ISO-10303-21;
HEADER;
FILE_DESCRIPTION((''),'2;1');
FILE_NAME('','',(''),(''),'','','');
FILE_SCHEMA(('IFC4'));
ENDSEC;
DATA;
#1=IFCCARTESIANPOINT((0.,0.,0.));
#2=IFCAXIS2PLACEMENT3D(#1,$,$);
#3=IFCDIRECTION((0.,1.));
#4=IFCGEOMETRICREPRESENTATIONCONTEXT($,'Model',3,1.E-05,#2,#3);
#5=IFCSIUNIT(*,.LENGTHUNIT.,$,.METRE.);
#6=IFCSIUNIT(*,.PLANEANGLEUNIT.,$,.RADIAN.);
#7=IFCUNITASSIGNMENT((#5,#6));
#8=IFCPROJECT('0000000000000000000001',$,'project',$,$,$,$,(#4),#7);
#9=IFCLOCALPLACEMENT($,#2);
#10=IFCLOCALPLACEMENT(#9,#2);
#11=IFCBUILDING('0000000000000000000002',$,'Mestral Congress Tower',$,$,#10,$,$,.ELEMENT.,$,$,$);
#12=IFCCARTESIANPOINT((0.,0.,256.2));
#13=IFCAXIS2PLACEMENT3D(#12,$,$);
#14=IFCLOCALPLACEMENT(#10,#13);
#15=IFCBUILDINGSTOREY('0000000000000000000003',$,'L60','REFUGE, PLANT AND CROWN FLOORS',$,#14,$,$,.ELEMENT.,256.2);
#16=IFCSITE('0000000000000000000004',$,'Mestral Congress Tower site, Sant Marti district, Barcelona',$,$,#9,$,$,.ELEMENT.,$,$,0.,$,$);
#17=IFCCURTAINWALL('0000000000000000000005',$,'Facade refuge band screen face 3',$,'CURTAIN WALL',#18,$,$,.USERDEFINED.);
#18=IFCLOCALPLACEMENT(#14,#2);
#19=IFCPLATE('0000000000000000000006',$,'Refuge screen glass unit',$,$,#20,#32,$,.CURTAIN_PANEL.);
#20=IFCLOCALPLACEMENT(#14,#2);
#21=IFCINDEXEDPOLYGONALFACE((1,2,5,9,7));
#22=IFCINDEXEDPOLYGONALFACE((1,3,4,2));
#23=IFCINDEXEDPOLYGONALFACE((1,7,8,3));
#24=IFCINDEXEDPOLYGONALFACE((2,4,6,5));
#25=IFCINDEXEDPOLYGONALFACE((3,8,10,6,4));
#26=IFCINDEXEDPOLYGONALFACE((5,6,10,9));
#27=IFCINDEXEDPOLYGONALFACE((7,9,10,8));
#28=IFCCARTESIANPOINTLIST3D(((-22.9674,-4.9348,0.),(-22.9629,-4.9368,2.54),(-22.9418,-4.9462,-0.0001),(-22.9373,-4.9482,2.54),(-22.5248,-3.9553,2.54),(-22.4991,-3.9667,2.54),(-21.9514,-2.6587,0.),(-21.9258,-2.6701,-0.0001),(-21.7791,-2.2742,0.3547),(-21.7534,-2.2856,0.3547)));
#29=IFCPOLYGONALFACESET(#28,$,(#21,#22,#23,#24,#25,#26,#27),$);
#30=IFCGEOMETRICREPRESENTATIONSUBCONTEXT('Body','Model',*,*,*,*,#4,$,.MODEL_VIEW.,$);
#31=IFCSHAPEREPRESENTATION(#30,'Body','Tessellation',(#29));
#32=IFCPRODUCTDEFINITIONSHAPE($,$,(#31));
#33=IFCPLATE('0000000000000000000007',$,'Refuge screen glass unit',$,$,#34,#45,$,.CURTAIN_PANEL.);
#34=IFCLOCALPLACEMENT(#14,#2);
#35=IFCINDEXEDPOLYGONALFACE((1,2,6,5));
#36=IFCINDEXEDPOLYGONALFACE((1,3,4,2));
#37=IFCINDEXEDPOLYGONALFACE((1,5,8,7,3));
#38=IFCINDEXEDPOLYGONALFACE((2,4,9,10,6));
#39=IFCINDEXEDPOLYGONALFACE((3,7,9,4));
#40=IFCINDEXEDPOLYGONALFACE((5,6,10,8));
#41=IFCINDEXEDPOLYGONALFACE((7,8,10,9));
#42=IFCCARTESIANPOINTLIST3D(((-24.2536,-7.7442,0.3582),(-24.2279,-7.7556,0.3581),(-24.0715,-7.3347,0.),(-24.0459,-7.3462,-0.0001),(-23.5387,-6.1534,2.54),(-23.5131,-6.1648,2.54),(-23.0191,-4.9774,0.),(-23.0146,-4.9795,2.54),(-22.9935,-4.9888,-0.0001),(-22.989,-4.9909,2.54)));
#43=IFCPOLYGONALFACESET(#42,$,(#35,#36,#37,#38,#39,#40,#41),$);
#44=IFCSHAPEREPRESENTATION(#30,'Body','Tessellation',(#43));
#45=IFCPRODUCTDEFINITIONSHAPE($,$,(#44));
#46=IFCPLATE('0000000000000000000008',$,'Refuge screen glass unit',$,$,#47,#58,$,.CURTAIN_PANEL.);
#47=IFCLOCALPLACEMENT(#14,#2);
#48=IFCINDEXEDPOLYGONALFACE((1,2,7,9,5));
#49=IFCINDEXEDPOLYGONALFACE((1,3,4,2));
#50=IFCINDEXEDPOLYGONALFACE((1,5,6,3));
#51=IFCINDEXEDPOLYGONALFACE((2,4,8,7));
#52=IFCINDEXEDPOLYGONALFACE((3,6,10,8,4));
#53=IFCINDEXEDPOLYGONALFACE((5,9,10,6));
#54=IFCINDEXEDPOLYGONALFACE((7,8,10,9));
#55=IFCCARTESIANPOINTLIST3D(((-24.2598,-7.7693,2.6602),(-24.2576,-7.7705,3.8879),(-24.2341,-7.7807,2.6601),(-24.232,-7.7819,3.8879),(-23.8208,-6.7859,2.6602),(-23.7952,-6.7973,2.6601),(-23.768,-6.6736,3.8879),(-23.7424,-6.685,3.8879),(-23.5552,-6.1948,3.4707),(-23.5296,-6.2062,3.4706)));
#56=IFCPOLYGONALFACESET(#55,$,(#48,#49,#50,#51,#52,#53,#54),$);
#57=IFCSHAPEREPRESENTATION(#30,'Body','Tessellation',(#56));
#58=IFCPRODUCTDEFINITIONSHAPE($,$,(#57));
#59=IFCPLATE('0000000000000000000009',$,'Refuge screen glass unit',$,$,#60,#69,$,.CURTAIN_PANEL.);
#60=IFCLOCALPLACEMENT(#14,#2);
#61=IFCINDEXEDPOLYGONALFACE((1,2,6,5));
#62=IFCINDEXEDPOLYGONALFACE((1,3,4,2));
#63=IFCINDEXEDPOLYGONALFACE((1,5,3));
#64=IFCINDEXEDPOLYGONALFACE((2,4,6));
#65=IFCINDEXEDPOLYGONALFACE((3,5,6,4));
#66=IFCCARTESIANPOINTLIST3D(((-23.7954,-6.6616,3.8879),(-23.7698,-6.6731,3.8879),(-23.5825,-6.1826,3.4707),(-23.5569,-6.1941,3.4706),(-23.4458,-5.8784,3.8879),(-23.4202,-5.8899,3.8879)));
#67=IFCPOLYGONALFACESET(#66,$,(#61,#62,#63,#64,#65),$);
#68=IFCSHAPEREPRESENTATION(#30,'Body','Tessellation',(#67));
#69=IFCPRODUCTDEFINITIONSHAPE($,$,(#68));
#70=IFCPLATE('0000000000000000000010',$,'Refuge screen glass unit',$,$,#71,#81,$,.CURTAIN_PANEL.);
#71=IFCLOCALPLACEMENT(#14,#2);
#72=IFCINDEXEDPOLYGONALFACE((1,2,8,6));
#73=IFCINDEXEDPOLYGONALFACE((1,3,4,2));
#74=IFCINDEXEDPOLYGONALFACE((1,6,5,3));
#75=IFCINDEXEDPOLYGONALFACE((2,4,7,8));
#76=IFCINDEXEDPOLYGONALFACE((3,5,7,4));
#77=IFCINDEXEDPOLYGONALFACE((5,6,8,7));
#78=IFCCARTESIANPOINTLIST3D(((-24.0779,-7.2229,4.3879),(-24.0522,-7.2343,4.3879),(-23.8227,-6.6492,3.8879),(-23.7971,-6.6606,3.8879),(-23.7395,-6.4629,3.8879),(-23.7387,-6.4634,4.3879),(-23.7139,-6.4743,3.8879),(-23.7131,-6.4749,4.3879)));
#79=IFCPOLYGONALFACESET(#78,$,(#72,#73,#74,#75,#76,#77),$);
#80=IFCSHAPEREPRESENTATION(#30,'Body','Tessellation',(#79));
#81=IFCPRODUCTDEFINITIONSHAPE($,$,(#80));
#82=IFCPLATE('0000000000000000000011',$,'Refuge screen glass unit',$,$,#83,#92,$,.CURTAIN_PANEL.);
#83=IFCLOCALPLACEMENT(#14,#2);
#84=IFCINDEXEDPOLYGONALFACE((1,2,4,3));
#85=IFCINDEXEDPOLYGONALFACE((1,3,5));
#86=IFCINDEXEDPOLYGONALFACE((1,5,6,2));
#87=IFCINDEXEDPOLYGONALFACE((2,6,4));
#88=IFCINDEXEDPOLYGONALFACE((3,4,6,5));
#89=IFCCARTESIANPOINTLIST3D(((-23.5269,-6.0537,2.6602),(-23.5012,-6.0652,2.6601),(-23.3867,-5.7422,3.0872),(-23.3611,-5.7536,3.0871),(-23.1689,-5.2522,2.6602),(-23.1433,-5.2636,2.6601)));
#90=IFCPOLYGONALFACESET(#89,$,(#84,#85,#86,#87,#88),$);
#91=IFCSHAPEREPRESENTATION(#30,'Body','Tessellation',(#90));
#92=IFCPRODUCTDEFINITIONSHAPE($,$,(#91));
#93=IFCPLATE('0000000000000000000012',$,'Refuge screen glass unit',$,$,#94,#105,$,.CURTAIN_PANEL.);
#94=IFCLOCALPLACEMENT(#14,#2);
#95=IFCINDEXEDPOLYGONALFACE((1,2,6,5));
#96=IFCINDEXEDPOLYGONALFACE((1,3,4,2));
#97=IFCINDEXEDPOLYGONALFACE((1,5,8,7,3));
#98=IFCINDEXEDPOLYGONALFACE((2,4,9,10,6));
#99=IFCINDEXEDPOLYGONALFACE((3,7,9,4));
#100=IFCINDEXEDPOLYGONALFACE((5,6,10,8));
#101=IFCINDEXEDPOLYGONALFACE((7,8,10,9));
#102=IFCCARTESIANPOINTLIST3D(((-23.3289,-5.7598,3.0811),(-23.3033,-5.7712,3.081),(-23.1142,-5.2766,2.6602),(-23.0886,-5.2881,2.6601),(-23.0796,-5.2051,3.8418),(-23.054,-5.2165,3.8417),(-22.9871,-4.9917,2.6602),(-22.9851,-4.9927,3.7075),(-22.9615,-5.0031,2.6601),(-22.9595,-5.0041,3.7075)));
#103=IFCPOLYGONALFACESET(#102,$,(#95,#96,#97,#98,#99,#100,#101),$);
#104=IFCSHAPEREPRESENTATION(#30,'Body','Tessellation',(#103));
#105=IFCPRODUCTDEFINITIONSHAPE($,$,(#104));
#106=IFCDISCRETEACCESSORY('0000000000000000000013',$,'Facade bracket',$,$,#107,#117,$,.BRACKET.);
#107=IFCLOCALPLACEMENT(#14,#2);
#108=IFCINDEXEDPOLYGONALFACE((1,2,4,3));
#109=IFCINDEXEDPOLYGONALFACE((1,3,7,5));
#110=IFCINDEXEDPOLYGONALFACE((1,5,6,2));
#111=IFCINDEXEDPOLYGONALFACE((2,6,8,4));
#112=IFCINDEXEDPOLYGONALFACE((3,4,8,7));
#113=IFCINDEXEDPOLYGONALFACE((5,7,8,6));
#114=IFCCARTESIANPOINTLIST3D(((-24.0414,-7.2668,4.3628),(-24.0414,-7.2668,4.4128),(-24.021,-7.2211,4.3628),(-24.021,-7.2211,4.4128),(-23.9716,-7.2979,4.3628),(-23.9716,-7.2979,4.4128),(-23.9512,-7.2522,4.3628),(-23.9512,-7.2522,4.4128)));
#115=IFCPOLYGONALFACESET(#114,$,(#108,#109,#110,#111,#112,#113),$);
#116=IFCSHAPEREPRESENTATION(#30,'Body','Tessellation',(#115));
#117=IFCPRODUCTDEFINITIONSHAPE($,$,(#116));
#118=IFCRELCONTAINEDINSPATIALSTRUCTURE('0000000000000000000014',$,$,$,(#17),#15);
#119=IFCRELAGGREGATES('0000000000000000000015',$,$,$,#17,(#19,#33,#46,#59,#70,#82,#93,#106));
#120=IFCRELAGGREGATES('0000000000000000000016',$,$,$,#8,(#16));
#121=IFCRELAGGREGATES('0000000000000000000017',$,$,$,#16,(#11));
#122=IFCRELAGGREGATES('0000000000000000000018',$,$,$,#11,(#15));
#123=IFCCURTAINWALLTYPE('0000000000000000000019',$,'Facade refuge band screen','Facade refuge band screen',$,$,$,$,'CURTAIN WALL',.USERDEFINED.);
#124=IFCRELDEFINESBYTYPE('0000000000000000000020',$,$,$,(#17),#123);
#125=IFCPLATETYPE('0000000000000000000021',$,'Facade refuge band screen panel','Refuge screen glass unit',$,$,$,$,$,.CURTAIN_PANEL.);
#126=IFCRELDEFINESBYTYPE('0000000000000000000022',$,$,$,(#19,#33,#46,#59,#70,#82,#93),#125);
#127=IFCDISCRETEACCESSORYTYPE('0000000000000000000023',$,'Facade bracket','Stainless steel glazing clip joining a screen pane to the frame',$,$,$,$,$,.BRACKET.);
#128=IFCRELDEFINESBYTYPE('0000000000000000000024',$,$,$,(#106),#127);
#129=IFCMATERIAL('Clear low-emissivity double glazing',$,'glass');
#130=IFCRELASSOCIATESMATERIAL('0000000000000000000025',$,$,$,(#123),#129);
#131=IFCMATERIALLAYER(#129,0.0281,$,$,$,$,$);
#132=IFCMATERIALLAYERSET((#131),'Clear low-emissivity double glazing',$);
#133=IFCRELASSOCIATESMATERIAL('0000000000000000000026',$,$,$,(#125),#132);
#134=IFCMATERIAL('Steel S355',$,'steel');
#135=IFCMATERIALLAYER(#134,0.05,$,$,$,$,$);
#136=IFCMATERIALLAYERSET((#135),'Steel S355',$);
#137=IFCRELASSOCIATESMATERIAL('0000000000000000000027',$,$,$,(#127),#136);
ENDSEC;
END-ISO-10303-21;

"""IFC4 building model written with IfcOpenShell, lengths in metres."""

from ifc_helpers import new_model, si_unit, direction, frame, origin, origin_2d, place, context, subcontext, project, spatial, polyline, rectangle, outline, extrude, material, layer, layer_set, type_object, element, aggregate, save


model = new_model("IFC4")

# Units and contexts
model_context = context("Model", 3, precision=1e-05, world=origin(), true_north=direction((0.0, 1.0)))
body_context = subcontext(model_context, "Body", "Model", "MODEL_VIEW")
ifc_project = project(units=[si_unit("LENGTHUNIT", "METRE"), si_unit("PLANEANGLEUNIT", "RADIAN")], contexts=[model_context])

# Site, building, storey
site_placement = place(None, origin())
site = spatial("IfcSite", under=ifc_project, at=site_placement, Name="Mestral Congress Tower site, Sant Marti district, Barcelona", CompositionType="ELEMENT", RefElevation=0.0)
building_placement = place(site_placement, origin())
building = spatial("IfcBuilding", under=site, at=building_placement, Name="Mestral Congress Tower", CompositionType="ELEMENT")
storey_placement = place(building_placement, frame((0.0, 0.0, 256.2)))
storey = spatial("IfcBuildingStorey", under=building, at=storey_placement, Name="L60", Description="REFUGE, PLANT AND CROWN FLOORS", CompositionType="ELEMENT", Elevation=256.2)

# Shared definitions
ifc_material_1 = material(Name="Steel S355", Category="steel")

# Curtain wall
ifc_material_2 = material(Name="Clear low-emissivity double glazing", Category="glass")
curtain_wall_type = type_object("IfcCurtainWallType", Name="Facade refuge band screen", Description="Facade refuge band screen", ElementType="CURTAIN WALL", PredefinedType="USERDEFINED", material=ifc_material_2)
curtain_wall_placement = place(storey_placement, origin())
curtain_wall = element("IfcCurtainWall", 1, at=curtain_wall_placement, inside=storey, type_object=curtain_wall_type, Name="Facade refuge band screen face 3", ObjectType="CURTAIN WALL", PredefinedType="USERDEFINED")

# Plates
ifc_layer_1 = layer(ifc_material_2, 0.0281)
ifc_layer_set_1 = layer_set([ifc_layer_1], Name="Clear low-emissivity double glazing")
plate_type_1 = type_object("IfcPlateType", Name="Facade refuge band screen panel", Description="Refuge screen glass unit", PredefinedType="CURTAIN_PANEL", material=ifc_layer_set_1)
plate_1_placement = place(storey_placement, frame((-22.9629, -4.9368, 2.54), z_axis=(-0.913159, 0.4076, 0.001944), x_axis=(-0.001776, 0.00079, -0.999998)))
plate_1 = element("IfcPlate", 2, at=plate_1_placement, type_object=plate_type_1, Name="Refuge screen glass unit", PredefinedType="CURTAIN_PANEL", context=body_context, shape_type="SweptSolid", body=[
    extrude(outline(polyline([(0.0, 0.0), (2.54, 0.0), (2.54, -2.4925), (2.1853, -2.9139), (0.0, -1.0748), (0.0, 0.0)])), origin(), (0.0, 0.0, -1.0), 0.0281),
])
plate_2_placement = place(storey_placement, frame((-24.0715, -7.3347, 0.0), z_axis=(-0.913131, 0.407662, 0.001947), x_axis=(0.407663, 0.913133, 0.0)))
plate_2 = element("IfcPlate", 3, at=plate_2_placement, type_object=plate_type_1, Name="Refuge screen glass unit", PredefinedType="CURTAIN_PANEL", context=body_context, shape_type="SweptSolid", body=[
    extrude(outline(polyline([(0.0, 0.0), (2.5816, 0.0), (2.5815, -2.54), (1.2959, -2.54), (-0.4481, -0.3582), (0.0, 0.0)])), origin(), (0.0, 0.0, -1.0), 0.0281),
])
plate_3_placement = place(storey_placement, frame((-24.2598, -7.7693, 2.6602), z_axis=(-0.913163, 0.407589, 0.001978), x_axis=(0.40759, 0.913165, 0.0)))
plate_3 = element("IfcPlate", 4, at=plate_3_placement, type_object=plate_type_1, Name="Refuge screen glass unit", PredefinedType="CURTAIN_PANEL", context=body_context, shape_type="SweptSolid", body=[
    extrude(outline(polyline([(0.0, 0.0), (1.0769, 0.0), (1.7249, -0.8105), (1.201, -1.2278), (-0.0002, -1.2278), (0.0, 0.0)])), origin(), (0.0, 0.0, -1.0), 0.0281),
])
plate_4_placement = place(storey_placement, frame((-23.7954, -6.6616, 3.8879), z_axis=(-0.913151, 0.407616, 0.002033), x_axis=(0.317764, 0.714968, -0.622773)))
plate_4 = element("IfcPlate", 5, at=plate_4_placement, type_object=plate_type_1, Name="Refuge screen glass unit", PredefinedType="CURTAIN_PANEL", context=body_context, shape_type="SweptSolid", body=[
    extrude(outline(polyline([(0.0, 0.0), (0.67, 0.0), (0.6711, -0.5341), (0.0, 0.0)])), origin(), (0.0, 0.0, -1.0), 0.0281),
])
plate_5_placement = place(storey_placement, frame((-24.0779, -7.2229, 4.3879), z_axis=(-0.913089, 0.407755, 0.001856), x_axis=(0.317922, 0.71476, -0.622932)))
plate_5 = element("IfcPlate", 6, at=plate_5_placement, type_object=plate_type_1, Name="Refuge screen glass unit", PredefinedType="CURTAIN_PANEL", context=body_context, shape_type="SweptSolid", body=[
    extrude(outline(polyline([(0.0, 0.0), (0.8027, 0.0), (0.9623, -0.1271), (0.6507, -0.5181), (0.0, 0.0)])), origin(), (0.0, 0.0, -1.0), 0.0281),
])
plate_6_placement = place(storey_placement, frame((-23.1689, -5.2522, 2.6602), z_axis=(-0.913097, 0.407737, 0.002199), x_axis=(-0.317707, -0.714841, 0.622948)))
plate_6 = element("IfcPlate", 7, at=plate_6_placement, type_object=plate_type_1, Name="Refuge screen glass unit", PredefinedType="CURTAIN_PANEL", context=body_context, shape_type="SweptSolid", body=[
    extrude(outline(polyline([(0.0, 0.0), (0.6855, 0.0), (0.6867, -0.5468), (0.0, 0.0)])), origin(), (0.0, 0.0, -1.0), 0.0281),
])
plate_7_placement = place(storey_placement, frame((-23.0796, -5.2051, 3.8418), z_axis=(-0.913186, 0.407537, 0.002113), x_axis=(-0.255973, -0.56952, -0.781105)))
plate_7 = element("IfcPlate", 8, at=plate_7_placement, type_object=plate_type_1, Name="Refuge screen glass unit", PredefinedType="CURTAIN_PANEL", context=body_context, shape_type="SweptSolid", body=[
    extrude(outline(polyline([(0.0, 0.0), (0.9739, 0.0), (0.9726, -0.6758), (0.7778, -0.9195), (-0.0403, -0.2654), (0.0, 0.0)])), origin(), (0.0, 0.0, -1.0), 0.0281),
])

# Discrete accessory
ifc_layer_2 = layer(ifc_material_1, 0.05)
ifc_layer_set_2 = layer_set([ifc_layer_2], Name="Steel S355")
discrete_accessory_type = type_object("IfcDiscreteAccessoryType", Name="Facade bracket", Description="Stainless steel glazing clip joining a screen pane to the frame", PredefinedType="BRACKET", material=ifc_layer_set_2)
discrete_accessory_placement = place(storey_placement, frame((-23.9963, -7.2595, 4.3628), z_axis=(0.0, 0.0, 1.0), x_axis=(-0.407597, -0.913162, 0.0)))
discrete_accessory = element("IfcDiscreteAccessory", 9, at=discrete_accessory_placement, type_object=discrete_accessory_type, Name="Facade bracket", PredefinedType="BRACKET", context=body_context, shape_type="SweptSolid", body=[
    extrude(rectangle(XDim=0.05, YDim=0.0764, at=origin_2d()), origin(), (0.0, 0.0, 1.0), 0.05),
])
aggregate(curtain_wall, [plate_1, plate_2, plate_3, plate_4, plate_5, plate_6, plate_7, discrete_accessory])

save(model, "model.ifc")
